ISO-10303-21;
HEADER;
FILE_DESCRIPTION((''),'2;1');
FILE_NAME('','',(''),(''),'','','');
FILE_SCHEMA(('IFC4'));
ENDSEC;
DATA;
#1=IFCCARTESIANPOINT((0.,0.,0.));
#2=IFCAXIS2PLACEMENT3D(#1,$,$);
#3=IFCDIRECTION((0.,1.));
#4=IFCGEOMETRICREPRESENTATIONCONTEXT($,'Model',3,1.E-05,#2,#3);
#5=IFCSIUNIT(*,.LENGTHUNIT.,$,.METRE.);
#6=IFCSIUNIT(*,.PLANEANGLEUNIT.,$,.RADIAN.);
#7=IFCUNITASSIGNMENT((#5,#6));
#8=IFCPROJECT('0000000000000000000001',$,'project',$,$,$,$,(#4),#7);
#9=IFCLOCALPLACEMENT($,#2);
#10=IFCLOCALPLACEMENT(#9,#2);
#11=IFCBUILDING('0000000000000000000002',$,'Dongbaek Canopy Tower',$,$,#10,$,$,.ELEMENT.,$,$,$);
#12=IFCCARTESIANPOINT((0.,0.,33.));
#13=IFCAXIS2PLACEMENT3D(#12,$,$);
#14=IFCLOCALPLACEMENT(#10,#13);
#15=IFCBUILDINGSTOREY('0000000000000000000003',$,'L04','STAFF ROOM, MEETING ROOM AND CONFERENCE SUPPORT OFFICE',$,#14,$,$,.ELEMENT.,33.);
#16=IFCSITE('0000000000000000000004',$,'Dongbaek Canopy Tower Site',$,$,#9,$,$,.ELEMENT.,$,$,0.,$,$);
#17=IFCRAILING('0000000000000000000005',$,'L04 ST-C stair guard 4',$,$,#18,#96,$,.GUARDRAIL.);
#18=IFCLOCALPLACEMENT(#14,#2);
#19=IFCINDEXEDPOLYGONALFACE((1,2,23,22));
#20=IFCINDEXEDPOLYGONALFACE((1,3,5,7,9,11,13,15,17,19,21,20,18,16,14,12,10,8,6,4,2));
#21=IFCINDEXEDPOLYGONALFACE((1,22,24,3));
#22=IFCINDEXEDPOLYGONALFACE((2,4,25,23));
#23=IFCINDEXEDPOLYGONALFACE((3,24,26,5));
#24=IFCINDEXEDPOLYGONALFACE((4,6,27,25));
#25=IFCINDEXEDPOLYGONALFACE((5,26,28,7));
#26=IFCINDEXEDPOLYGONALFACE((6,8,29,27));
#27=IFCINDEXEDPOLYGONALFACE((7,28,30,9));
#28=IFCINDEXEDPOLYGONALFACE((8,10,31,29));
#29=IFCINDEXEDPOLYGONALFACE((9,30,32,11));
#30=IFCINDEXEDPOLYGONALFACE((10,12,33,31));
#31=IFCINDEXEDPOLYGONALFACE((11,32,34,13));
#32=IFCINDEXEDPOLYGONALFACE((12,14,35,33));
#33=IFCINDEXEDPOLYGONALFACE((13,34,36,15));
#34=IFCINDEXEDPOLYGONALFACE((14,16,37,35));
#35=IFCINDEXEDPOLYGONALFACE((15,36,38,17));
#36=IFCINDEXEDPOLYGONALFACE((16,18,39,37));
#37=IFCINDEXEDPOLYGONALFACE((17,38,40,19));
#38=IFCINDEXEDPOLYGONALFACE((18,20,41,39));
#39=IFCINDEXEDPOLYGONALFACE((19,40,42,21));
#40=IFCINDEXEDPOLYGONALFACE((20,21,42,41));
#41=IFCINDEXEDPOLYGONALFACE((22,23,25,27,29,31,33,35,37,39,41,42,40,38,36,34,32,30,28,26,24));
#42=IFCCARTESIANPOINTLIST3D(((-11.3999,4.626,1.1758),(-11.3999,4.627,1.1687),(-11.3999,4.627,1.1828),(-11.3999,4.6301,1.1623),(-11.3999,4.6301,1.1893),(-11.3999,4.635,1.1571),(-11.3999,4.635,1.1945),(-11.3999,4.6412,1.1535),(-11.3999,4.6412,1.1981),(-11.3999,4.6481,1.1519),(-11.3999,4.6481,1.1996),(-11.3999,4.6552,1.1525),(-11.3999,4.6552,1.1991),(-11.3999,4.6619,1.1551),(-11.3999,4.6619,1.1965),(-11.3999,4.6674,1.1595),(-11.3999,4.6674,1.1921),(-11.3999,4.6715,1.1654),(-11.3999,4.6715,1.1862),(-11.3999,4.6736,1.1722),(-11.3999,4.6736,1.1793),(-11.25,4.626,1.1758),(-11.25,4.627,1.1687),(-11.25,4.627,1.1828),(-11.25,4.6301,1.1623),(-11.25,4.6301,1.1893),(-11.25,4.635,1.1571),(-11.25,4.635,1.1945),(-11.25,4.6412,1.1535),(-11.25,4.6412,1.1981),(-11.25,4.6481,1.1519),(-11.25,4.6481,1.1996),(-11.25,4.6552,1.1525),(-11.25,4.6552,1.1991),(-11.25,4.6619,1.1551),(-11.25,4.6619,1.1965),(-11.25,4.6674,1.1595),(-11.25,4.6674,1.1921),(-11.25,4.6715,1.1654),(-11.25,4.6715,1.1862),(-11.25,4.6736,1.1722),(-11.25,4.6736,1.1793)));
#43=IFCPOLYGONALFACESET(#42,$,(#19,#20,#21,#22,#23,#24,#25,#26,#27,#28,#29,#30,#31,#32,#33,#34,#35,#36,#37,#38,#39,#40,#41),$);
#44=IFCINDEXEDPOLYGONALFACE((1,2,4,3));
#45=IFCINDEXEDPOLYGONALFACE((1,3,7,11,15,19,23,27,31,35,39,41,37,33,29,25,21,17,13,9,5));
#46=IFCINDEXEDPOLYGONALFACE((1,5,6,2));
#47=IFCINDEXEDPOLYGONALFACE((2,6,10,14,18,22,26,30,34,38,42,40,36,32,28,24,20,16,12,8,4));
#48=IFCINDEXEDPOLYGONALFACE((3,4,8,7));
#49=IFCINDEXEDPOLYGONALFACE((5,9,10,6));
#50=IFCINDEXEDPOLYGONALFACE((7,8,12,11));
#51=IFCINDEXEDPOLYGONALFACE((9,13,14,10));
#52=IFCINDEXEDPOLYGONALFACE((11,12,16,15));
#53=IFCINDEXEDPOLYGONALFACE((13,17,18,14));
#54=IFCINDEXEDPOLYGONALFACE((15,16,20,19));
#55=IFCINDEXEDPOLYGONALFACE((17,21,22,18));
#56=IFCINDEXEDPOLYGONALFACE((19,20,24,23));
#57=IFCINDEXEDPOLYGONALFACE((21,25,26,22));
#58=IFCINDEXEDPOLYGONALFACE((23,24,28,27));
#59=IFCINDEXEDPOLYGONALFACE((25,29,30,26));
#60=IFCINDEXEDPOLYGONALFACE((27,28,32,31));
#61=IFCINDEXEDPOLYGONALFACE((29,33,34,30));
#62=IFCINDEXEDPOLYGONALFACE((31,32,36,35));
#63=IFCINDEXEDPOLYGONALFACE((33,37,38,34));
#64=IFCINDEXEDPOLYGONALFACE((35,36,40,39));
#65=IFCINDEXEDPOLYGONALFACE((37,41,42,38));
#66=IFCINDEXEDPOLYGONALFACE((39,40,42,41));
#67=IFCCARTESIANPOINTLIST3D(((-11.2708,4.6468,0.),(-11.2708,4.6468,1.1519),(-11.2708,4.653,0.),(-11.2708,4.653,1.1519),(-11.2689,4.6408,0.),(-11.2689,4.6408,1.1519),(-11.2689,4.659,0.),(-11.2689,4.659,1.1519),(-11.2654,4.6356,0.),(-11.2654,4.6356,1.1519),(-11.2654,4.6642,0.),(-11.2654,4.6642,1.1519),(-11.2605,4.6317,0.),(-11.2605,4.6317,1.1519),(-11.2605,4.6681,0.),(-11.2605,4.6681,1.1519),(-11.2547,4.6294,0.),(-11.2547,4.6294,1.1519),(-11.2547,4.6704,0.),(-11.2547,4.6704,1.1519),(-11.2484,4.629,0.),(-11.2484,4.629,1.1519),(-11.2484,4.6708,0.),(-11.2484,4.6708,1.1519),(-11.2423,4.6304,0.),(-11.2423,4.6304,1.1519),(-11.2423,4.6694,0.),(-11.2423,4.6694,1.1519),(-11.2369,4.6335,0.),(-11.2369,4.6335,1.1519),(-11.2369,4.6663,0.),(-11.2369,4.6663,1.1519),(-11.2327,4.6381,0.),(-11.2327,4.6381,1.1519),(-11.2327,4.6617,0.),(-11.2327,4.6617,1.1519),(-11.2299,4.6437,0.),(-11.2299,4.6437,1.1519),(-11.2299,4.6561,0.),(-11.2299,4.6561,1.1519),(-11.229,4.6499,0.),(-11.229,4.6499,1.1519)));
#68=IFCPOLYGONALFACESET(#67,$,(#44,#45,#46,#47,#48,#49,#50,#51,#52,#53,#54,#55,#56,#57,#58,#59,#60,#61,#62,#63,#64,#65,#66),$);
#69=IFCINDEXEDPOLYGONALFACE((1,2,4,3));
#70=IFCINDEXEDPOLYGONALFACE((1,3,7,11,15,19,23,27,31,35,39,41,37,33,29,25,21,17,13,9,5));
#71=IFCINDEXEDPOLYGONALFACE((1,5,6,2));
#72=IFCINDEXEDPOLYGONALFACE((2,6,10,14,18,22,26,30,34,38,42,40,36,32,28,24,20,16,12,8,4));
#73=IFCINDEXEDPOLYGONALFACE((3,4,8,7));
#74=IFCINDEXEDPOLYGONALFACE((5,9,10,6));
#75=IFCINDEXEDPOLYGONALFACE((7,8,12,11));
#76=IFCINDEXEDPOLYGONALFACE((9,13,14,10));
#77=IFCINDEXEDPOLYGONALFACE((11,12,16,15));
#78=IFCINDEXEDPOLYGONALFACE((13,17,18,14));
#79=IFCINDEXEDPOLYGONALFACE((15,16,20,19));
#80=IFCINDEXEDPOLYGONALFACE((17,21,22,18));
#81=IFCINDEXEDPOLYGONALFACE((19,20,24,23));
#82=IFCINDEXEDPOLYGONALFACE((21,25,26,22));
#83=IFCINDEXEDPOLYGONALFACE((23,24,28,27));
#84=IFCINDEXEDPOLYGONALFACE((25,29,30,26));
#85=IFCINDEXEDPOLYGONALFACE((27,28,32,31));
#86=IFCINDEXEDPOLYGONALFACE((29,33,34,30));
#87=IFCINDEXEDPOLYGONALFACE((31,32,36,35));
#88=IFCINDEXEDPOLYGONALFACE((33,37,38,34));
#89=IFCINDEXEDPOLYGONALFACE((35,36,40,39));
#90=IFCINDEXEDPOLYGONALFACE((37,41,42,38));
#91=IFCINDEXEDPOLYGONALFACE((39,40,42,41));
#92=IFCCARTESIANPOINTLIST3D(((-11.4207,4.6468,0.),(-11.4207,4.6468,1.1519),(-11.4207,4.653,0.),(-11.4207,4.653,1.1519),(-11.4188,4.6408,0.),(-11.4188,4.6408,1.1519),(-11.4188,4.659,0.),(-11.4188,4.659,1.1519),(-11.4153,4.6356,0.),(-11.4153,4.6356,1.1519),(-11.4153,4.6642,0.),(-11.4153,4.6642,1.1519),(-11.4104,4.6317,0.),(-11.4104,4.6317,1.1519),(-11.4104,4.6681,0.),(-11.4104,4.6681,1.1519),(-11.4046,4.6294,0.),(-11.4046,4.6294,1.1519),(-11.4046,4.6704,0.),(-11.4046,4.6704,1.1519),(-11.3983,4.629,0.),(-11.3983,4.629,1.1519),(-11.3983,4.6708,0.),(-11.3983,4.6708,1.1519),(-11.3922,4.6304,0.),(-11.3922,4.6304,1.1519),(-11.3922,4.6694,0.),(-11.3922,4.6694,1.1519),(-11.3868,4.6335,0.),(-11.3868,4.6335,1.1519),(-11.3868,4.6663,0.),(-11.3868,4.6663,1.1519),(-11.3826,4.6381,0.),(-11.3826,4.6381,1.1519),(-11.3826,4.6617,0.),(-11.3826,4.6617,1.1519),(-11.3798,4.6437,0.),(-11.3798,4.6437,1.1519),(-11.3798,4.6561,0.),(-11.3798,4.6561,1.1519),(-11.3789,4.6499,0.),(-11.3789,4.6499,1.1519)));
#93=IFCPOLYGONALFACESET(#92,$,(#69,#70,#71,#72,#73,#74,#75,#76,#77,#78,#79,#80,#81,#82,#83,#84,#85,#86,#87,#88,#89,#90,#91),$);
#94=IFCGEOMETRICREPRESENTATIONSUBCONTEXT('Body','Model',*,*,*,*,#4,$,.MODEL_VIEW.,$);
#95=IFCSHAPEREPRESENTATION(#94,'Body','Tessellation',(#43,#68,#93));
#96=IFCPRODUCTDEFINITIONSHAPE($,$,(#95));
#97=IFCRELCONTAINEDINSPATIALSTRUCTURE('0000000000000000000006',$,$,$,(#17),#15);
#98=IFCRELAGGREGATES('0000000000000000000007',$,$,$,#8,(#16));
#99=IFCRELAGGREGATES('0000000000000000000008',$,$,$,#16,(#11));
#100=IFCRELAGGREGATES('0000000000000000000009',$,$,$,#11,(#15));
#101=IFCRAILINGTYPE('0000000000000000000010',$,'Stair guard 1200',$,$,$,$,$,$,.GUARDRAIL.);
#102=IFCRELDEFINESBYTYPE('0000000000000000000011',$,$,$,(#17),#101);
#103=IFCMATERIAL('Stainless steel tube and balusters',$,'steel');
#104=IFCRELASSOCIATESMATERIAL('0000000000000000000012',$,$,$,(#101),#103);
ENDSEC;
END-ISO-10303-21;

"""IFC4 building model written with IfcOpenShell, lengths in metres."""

from ifc_helpers import new_model, si_unit, direction, frame, origin, origin_2d, place, context, subcontext, project, spatial, circle, extrude, material, type_object, element, save


model = new_model("IFC4")

# Units and contexts
model_context = context("Model", 3, precision=1e-05, world=origin(), true_north=direction((0.0, 1.0)))
body_context = subcontext(model_context, "Body", "Model", "MODEL_VIEW")
ifc_project = project(units=[si_unit("LENGTHUNIT", "METRE"), si_unit("PLANEANGLEUNIT", "RADIAN")], contexts=[model_context])

# Site, building, storey
site_placement = place(None, origin())
site = spatial("IfcSite", under=ifc_project, at=site_placement, Name="Dongbaek Canopy Tower Site", CompositionType="ELEMENT", RefElevation=0.0)
building_placement = place(site_placement, origin())
building = spatial("IfcBuilding", under=site, at=building_placement, Name="Dongbaek Canopy Tower", CompositionType="ELEMENT")
storey_placement = place(building_placement, frame((0.0, 0.0, 33.0)))
storey = spatial("IfcBuildingStorey", under=building, at=storey_placement, Name="L04", Description="STAFF ROOM, MEETING ROOM AND CONFERENCE SUPPORT OFFICE", CompositionType="ELEMENT", Elevation=33.0)

# Railing
ifc_material_1 = material(Name="Stainless steel tube and balusters", Category="steel")
railing_type_1 = type_object("IfcRailingType", Name="Stair guard 1200", PredefinedType="GUARDRAIL", material=ifc_material_1)
railing_1_placement = place(storey_placement, frame((-11.25, 4.6499, 0.0)))
element("IfcRailing", 1, at=railing_1_placement, inside=storey, type_object=railing_type_1, Name="L04 ST-C stair guard 4", PredefinedType="GUARDRAIL", context=body_context, shape_type="SweptSolid", body=[
    extrude(circle(Radius=0.0239, at=origin_2d()), frame((0.0, 0.0, 1.1758), z_axis=(-1.0, 0.0, 0.0), x_axis=(0.0, -1.0, 0.0)), (0.0, 0.0, 1.0), 0.1499),
    extrude(circle(Radius=0.021, at=origin_2d()), origin(), (0.0, 0.0, 1.0), 1.1519),
    extrude(circle(Radius=0.021, at=origin_2d()), frame((-0.1499, 0.0, 0.0)), (0.0, 0.0, 1.0), 1.1519),
])

save(model, "model.ifc")
